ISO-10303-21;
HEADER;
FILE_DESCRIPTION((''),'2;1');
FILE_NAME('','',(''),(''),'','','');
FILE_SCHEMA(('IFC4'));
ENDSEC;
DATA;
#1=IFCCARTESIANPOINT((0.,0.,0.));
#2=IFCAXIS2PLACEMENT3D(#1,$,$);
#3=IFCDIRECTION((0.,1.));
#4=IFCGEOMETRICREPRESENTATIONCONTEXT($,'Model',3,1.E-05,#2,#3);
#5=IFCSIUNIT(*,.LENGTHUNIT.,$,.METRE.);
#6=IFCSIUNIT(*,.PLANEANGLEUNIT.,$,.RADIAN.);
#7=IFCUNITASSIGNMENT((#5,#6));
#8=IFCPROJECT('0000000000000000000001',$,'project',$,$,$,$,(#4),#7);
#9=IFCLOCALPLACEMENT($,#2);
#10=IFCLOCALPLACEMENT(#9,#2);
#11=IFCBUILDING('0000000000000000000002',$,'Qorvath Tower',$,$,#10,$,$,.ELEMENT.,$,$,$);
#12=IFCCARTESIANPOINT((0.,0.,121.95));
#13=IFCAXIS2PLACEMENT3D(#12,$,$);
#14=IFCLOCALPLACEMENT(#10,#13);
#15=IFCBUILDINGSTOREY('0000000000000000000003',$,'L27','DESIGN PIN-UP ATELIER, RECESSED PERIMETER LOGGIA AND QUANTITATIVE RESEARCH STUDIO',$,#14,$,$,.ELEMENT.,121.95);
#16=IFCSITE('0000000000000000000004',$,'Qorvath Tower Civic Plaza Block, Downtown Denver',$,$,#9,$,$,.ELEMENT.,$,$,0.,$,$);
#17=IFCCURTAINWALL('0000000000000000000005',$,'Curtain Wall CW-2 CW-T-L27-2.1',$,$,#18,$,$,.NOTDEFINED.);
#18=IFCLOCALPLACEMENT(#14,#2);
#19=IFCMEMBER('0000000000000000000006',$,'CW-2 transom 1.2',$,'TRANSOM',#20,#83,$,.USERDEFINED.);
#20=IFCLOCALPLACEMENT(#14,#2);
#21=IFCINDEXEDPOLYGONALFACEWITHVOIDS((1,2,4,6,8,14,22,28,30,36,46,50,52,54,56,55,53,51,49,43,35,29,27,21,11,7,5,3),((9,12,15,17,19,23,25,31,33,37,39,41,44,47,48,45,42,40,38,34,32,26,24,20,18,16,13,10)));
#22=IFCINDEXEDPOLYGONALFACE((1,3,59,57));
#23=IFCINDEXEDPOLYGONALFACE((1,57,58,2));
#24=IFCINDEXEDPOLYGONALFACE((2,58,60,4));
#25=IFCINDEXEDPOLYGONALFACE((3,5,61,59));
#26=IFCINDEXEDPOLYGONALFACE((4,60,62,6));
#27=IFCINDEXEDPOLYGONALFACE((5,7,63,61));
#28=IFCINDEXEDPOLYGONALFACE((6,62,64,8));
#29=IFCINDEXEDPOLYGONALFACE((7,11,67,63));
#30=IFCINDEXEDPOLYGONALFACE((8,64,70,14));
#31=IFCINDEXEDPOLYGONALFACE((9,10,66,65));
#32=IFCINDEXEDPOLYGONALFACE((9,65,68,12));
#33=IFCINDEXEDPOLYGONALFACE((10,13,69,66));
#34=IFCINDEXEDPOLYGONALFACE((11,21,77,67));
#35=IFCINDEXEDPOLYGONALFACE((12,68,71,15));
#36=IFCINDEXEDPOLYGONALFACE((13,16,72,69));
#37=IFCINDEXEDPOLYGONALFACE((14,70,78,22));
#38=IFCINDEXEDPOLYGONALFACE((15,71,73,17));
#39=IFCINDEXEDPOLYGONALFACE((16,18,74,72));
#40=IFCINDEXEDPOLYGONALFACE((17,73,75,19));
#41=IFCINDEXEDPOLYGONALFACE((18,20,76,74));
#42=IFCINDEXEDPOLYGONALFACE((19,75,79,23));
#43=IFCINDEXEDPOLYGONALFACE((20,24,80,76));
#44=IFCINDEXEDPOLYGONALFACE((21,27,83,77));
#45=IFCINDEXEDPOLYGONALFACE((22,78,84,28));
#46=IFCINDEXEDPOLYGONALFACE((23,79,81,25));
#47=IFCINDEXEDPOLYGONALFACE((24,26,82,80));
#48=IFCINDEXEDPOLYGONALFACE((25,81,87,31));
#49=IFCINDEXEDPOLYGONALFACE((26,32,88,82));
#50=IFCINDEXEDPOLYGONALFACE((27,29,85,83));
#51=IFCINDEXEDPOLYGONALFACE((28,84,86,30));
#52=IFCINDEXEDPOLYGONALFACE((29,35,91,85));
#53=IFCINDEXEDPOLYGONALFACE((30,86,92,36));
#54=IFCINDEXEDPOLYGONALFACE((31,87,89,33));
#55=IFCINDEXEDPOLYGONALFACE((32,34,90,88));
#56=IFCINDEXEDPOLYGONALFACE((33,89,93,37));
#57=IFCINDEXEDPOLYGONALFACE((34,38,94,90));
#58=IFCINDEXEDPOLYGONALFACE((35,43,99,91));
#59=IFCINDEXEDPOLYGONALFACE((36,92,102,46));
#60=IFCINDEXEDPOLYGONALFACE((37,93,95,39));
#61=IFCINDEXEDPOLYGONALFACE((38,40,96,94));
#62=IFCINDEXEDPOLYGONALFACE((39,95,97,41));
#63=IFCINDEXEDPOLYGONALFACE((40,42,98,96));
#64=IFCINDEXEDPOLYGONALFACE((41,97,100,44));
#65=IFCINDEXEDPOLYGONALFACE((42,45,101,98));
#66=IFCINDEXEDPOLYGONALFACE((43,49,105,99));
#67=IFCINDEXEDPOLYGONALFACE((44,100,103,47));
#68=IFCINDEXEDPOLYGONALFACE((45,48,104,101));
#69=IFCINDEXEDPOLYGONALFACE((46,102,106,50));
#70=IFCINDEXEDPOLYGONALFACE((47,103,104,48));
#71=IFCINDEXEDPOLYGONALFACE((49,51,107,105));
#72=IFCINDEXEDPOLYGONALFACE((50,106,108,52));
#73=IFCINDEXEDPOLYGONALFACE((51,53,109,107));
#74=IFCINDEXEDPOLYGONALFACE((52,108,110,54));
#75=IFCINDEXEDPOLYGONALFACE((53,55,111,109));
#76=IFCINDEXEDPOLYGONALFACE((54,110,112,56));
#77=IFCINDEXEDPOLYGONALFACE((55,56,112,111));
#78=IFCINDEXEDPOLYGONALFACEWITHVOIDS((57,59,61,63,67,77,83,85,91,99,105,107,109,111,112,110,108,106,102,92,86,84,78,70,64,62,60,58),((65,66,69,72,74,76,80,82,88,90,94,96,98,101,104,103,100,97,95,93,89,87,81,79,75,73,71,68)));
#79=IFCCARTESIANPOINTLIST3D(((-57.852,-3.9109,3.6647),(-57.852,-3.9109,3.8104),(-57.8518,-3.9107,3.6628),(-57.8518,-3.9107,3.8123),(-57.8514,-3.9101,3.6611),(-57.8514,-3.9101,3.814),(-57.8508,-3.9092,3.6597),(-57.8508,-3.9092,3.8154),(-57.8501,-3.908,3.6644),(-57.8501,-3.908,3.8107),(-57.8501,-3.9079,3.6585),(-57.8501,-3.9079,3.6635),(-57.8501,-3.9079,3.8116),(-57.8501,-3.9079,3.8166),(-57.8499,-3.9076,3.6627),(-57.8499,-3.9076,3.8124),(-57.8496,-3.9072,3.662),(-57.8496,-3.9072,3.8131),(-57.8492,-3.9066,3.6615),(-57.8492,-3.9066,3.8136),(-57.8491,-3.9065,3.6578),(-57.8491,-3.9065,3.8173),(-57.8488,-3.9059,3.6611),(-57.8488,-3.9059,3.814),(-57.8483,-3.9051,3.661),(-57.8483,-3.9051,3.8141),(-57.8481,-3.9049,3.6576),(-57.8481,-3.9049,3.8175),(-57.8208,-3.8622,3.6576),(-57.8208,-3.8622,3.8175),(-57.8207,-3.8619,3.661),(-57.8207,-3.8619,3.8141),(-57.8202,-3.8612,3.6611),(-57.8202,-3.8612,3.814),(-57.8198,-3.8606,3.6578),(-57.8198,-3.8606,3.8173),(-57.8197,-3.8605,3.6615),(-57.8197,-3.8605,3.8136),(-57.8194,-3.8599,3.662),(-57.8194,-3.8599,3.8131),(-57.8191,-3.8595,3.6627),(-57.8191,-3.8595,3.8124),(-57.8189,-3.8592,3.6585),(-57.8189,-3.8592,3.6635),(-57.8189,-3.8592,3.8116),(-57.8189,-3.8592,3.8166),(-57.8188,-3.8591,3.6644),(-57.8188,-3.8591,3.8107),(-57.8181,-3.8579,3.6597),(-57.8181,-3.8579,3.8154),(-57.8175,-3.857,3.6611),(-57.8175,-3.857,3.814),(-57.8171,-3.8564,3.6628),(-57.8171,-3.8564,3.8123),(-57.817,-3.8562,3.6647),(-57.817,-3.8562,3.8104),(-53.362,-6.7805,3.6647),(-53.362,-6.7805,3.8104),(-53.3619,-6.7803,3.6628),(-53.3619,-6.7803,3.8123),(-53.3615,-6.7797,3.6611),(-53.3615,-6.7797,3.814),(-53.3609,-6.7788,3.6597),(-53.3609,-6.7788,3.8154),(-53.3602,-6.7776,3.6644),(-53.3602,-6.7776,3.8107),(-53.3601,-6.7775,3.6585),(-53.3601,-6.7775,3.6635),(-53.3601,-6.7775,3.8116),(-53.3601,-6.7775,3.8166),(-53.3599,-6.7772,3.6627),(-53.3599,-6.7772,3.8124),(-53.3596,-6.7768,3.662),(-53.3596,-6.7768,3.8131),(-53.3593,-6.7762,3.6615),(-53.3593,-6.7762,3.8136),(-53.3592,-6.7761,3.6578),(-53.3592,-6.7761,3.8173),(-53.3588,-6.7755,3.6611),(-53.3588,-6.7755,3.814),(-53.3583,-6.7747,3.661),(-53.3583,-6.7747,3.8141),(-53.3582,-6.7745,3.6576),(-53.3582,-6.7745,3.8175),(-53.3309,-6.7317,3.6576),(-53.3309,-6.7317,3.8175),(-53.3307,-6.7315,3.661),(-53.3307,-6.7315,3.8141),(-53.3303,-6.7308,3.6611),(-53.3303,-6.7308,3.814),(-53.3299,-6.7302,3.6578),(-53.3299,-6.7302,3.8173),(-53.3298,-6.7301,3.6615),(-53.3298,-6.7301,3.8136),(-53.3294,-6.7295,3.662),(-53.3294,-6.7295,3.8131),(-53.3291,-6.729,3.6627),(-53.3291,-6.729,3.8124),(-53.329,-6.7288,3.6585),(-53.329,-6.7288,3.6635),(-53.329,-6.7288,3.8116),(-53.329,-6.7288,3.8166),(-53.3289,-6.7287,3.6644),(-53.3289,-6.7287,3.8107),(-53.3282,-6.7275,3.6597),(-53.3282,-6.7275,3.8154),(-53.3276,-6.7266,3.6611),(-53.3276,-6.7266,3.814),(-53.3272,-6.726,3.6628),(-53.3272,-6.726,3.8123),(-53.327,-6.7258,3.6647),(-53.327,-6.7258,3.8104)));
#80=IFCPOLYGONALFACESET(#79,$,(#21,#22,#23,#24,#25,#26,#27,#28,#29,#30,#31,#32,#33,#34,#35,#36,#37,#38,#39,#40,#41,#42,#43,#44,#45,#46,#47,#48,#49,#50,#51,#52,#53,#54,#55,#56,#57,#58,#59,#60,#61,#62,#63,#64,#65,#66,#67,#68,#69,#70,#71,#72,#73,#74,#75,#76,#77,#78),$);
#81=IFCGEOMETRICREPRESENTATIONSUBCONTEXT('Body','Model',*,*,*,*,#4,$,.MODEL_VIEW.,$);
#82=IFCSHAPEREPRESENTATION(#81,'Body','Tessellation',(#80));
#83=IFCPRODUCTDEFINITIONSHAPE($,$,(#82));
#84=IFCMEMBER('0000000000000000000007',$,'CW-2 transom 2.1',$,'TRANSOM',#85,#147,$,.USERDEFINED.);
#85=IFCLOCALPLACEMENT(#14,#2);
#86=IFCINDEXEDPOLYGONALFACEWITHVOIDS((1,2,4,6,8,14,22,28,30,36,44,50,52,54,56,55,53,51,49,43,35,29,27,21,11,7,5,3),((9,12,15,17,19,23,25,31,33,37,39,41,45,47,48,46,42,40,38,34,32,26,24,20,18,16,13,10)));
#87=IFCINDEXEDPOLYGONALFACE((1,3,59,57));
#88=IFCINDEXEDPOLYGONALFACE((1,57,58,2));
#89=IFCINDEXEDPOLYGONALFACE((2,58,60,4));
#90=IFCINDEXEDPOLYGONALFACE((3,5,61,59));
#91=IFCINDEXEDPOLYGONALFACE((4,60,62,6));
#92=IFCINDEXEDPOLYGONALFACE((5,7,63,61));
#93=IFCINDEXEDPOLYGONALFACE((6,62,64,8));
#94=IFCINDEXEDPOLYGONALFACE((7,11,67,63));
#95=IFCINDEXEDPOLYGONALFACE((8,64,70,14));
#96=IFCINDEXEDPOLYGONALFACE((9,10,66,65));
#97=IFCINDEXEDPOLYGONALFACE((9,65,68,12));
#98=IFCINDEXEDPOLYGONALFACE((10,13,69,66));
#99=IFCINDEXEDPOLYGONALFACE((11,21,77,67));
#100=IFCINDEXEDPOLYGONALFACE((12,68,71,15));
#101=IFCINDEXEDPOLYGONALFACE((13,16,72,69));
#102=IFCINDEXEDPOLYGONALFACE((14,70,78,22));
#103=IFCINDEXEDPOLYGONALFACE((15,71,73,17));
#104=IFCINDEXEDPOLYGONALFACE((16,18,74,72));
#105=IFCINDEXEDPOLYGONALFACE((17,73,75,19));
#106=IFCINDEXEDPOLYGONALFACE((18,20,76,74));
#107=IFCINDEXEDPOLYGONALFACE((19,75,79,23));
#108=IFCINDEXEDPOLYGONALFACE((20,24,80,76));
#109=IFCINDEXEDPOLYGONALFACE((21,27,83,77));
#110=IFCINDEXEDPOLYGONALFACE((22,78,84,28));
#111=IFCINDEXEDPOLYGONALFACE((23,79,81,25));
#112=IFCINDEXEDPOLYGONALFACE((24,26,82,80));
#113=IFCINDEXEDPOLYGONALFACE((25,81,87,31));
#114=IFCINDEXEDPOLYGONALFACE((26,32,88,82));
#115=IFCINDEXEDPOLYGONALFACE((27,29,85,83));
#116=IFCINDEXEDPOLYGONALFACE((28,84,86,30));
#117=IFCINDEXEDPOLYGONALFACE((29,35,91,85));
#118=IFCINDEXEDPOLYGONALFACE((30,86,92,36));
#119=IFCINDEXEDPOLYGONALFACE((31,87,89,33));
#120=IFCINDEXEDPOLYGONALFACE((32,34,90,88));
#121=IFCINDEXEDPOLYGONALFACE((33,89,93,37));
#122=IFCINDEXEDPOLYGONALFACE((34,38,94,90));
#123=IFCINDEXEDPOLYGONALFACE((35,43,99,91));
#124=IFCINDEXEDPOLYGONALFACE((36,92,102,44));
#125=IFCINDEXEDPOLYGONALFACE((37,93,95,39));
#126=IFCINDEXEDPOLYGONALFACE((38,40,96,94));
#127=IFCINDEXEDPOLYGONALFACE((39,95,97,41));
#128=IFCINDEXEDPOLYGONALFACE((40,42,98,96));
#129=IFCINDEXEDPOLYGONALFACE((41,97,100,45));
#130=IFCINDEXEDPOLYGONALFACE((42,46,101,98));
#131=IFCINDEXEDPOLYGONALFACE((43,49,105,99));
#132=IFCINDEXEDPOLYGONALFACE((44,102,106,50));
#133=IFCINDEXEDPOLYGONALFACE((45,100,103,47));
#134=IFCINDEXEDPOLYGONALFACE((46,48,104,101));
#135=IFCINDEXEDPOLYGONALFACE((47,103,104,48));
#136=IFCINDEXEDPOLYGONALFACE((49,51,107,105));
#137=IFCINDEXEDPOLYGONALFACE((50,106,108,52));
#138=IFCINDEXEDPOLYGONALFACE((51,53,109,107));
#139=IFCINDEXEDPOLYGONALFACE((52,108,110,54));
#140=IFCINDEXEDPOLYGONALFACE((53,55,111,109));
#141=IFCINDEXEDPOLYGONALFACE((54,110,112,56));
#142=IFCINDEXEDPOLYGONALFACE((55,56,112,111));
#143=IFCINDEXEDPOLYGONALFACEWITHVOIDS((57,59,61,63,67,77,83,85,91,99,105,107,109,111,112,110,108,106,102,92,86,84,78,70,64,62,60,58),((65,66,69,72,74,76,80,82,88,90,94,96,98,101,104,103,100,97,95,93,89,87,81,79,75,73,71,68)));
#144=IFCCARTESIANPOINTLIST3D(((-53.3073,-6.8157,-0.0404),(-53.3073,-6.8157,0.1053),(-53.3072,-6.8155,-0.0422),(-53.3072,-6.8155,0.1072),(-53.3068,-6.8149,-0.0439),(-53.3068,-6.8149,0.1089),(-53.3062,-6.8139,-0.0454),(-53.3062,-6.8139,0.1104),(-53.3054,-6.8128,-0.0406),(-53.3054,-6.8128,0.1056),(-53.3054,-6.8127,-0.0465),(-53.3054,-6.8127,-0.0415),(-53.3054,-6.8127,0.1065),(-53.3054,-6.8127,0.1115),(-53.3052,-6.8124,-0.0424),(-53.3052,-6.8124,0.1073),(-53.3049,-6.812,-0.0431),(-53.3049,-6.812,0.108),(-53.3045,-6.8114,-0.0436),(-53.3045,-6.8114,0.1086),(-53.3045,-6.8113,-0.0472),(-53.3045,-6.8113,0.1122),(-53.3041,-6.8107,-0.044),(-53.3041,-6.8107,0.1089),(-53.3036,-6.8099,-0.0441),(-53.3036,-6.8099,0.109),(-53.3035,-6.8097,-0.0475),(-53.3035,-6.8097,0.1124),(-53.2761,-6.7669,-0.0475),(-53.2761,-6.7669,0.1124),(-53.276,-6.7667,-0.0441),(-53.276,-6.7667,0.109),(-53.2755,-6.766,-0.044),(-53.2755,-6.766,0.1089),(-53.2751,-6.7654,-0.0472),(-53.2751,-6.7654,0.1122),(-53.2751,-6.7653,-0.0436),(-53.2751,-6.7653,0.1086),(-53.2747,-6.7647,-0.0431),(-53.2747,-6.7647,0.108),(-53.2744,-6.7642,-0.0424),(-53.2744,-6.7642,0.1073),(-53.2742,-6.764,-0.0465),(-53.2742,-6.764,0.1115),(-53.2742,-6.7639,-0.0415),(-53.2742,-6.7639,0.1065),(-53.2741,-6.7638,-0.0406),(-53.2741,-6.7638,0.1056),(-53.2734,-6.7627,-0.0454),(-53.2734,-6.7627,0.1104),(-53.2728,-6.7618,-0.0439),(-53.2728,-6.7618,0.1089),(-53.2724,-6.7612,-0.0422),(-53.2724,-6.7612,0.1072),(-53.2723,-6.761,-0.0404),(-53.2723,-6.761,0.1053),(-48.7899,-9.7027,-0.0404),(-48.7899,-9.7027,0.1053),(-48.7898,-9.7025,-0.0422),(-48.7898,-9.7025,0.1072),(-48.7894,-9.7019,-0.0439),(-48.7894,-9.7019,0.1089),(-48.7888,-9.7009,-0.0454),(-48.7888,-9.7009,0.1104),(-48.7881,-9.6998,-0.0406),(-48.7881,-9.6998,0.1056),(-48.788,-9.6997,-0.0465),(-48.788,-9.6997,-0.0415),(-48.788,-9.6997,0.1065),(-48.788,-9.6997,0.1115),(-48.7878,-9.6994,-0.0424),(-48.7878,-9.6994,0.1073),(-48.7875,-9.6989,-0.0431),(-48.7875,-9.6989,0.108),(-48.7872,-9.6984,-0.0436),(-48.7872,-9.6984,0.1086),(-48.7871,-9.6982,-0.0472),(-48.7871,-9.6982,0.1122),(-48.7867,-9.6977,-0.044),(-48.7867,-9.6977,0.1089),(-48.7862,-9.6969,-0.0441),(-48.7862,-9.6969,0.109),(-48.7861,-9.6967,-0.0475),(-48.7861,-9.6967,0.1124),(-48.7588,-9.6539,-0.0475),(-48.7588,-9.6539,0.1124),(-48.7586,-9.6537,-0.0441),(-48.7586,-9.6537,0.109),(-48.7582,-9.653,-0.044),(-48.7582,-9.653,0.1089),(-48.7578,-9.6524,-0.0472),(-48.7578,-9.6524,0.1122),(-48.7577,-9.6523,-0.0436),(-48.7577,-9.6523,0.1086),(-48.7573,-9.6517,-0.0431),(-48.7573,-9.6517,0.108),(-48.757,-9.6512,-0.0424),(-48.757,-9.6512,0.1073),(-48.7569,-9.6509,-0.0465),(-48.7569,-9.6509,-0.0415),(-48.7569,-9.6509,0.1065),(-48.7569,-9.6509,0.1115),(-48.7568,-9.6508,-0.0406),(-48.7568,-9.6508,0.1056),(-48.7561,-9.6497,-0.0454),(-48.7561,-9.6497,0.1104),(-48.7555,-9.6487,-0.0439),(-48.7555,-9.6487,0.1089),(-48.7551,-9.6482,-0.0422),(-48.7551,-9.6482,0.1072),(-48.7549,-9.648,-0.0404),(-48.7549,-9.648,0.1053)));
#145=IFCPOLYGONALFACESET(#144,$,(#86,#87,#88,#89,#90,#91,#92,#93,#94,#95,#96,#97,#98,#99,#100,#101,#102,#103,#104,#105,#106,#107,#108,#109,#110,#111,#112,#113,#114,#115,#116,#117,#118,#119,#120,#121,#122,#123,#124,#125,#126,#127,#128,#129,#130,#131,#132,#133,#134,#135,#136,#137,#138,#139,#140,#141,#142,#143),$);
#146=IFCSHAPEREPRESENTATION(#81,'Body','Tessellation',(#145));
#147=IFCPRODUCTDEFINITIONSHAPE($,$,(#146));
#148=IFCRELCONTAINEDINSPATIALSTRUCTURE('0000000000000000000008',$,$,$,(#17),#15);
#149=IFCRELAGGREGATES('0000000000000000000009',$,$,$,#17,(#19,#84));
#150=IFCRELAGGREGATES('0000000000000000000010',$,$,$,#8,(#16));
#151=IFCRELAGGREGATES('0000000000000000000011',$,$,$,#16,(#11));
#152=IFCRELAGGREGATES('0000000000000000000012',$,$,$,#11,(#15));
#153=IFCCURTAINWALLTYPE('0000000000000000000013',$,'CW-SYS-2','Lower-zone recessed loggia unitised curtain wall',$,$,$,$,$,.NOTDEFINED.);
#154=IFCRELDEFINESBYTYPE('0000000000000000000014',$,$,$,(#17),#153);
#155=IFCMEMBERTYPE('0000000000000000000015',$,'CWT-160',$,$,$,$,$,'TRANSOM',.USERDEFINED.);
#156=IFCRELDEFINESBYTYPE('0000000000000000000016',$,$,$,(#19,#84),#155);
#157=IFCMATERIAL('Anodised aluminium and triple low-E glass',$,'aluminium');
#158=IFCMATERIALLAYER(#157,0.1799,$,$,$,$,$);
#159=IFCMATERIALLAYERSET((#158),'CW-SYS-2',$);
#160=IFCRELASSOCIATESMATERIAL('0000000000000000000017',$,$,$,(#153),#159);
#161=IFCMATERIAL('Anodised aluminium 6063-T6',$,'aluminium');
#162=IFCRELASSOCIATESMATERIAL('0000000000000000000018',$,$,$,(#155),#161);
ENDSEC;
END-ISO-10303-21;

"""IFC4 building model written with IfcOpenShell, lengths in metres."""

from ifc_helpers import new_model, si_unit, direction, frame, origin, origin_2d, place, context, subcontext, project, spatial, hollow_rectangle, extrude, material, layer, layer_set, material_profile, profile_set, type_object, element, aggregate, save


model = new_model("IFC4")

# Units and contexts
model_context = context("Model", 3, precision=1e-05, world=origin(), true_north=direction((0.0, 1.0)))
body_context = subcontext(model_context, "Body", "Model", "MODEL_VIEW")
ifc_project = project(units=[si_unit("LENGTHUNIT", "METRE"), si_unit("PLANEANGLEUNIT", "RADIAN")], contexts=[model_context])

# Site, building, storey
site_placement = place(None, origin())
site = spatial("IfcSite", under=ifc_project, at=site_placement, Name="Qorvath Tower Civic Plaza Block, Downtown Denver", CompositionType="ELEMENT", RefElevation=0.0)
building_placement = place(site_placement, origin())
building = spatial("IfcBuilding", under=site, at=building_placement, Name="Qorvath Tower", CompositionType="ELEMENT")
storey_placement = place(building_placement, frame((0.0, 0.0, 121.95)))
storey = spatial("IfcBuildingStorey", under=building, at=storey_placement, Name="L27", Description="DESIGN PIN-UP ATELIER, RECESSED PERIMETER LOGGIA AND QUANTITATIVE RESEARCH STUDIO", CompositionType="ELEMENT", Elevation=121.95)

# Curtain wall, members
ifc_material_1 = material(Name="Anodised aluminium and triple low-E glass", Category="aluminium")
ifc_layer_1 = layer(ifc_material_1, 0.1799)
ifc_layer_set_1 = layer_set([ifc_layer_1], Name="CW-SYS-2")
curtain_wall_type = type_object("IfcCurtainWallType", Name="CW-SYS-2", Description="Lower-zone recessed loggia unitised curtain wall", PredefinedType="NOTDEFINED", material=ifc_layer_set_1)
curtain_wall_placement = place(storey_placement, origin())
curtain_wall = element("IfcCurtainWall", 1, at=curtain_wall_placement, inside=storey, type_object=curtain_wall_type, Name="Curtain Wall CW-2 CW-T-L27-2.1", PredefinedType="NOTDEFINED")
ifc_material_2 = material(Name="Anodised aluminium 6063-T6", Category="aluminium")
ifc_material_profile_1 = material_profile(ifc_material_2, hollow_rectangle(XDim=0.0649, YDim=0.1599, WallThickness=0.0034, InnerFilletRadius=0.0034, OuterFilletRadius=0.0071, at=origin_2d()), Name="CWT 160x65")
ifc_profile_set_1 = profile_set([ifc_material_profile_1], Name="Anodised aluminium 6063-T6")
member_type_1 = type_object("IfcMemberType", Name="CWT-160", ElementType="TRANSOM", PredefinedType="USERDEFINED", material=ifc_profile_set_1)
member_1_placement = place(storey_placement, frame((-57.8345, -3.8835, 3.7375), z_axis=(0.842609, -0.538526, 0.0), x_axis=(0.538526, 0.842609, 0.0)))
member_1 = element("IfcMember", 2, at=member_1_placement, type_object=member_type_1, Name="CW-2 transom 1.2", ObjectType="TRANSOM", PredefinedType="USERDEFINED", context=body_context, shape_type="SweptSolid", body=[
    extrude(hollow_rectangle(XDim=0.0649, YDim=0.1599, WallThickness=0.0034, InnerFilletRadius=0.0034, OuterFilletRadius=0.0071, at=origin_2d()), origin(), (0.0, 0.0, 1.0), 5.3286),
])
member_2_placement = place(storey_placement, frame((-53.2898, -6.7883, 0.0325), z_axis=(0.842621, -0.538507, 0.0), x_axis=(0.538507, 0.842621, 0.0)))
member_2 = element("IfcMember", 3, at=member_2_placement, type_object=member_type_1, Name="CW-2 transom 2.1", ObjectType="TRANSOM", PredefinedType="USERDEFINED", context=body_context, shape_type="SweptSolid", body=[
    extrude(hollow_rectangle(XDim=0.0649, YDim=0.1599, WallThickness=0.0034, InnerFilletRadius=0.0034, OuterFilletRadius=0.0071, at=origin_2d()), origin(), (0.0, 0.0, 1.0), 5.3611),
])
aggregate(curtain_wall, [member_1, member_2])

save(model, "model.ifc")
